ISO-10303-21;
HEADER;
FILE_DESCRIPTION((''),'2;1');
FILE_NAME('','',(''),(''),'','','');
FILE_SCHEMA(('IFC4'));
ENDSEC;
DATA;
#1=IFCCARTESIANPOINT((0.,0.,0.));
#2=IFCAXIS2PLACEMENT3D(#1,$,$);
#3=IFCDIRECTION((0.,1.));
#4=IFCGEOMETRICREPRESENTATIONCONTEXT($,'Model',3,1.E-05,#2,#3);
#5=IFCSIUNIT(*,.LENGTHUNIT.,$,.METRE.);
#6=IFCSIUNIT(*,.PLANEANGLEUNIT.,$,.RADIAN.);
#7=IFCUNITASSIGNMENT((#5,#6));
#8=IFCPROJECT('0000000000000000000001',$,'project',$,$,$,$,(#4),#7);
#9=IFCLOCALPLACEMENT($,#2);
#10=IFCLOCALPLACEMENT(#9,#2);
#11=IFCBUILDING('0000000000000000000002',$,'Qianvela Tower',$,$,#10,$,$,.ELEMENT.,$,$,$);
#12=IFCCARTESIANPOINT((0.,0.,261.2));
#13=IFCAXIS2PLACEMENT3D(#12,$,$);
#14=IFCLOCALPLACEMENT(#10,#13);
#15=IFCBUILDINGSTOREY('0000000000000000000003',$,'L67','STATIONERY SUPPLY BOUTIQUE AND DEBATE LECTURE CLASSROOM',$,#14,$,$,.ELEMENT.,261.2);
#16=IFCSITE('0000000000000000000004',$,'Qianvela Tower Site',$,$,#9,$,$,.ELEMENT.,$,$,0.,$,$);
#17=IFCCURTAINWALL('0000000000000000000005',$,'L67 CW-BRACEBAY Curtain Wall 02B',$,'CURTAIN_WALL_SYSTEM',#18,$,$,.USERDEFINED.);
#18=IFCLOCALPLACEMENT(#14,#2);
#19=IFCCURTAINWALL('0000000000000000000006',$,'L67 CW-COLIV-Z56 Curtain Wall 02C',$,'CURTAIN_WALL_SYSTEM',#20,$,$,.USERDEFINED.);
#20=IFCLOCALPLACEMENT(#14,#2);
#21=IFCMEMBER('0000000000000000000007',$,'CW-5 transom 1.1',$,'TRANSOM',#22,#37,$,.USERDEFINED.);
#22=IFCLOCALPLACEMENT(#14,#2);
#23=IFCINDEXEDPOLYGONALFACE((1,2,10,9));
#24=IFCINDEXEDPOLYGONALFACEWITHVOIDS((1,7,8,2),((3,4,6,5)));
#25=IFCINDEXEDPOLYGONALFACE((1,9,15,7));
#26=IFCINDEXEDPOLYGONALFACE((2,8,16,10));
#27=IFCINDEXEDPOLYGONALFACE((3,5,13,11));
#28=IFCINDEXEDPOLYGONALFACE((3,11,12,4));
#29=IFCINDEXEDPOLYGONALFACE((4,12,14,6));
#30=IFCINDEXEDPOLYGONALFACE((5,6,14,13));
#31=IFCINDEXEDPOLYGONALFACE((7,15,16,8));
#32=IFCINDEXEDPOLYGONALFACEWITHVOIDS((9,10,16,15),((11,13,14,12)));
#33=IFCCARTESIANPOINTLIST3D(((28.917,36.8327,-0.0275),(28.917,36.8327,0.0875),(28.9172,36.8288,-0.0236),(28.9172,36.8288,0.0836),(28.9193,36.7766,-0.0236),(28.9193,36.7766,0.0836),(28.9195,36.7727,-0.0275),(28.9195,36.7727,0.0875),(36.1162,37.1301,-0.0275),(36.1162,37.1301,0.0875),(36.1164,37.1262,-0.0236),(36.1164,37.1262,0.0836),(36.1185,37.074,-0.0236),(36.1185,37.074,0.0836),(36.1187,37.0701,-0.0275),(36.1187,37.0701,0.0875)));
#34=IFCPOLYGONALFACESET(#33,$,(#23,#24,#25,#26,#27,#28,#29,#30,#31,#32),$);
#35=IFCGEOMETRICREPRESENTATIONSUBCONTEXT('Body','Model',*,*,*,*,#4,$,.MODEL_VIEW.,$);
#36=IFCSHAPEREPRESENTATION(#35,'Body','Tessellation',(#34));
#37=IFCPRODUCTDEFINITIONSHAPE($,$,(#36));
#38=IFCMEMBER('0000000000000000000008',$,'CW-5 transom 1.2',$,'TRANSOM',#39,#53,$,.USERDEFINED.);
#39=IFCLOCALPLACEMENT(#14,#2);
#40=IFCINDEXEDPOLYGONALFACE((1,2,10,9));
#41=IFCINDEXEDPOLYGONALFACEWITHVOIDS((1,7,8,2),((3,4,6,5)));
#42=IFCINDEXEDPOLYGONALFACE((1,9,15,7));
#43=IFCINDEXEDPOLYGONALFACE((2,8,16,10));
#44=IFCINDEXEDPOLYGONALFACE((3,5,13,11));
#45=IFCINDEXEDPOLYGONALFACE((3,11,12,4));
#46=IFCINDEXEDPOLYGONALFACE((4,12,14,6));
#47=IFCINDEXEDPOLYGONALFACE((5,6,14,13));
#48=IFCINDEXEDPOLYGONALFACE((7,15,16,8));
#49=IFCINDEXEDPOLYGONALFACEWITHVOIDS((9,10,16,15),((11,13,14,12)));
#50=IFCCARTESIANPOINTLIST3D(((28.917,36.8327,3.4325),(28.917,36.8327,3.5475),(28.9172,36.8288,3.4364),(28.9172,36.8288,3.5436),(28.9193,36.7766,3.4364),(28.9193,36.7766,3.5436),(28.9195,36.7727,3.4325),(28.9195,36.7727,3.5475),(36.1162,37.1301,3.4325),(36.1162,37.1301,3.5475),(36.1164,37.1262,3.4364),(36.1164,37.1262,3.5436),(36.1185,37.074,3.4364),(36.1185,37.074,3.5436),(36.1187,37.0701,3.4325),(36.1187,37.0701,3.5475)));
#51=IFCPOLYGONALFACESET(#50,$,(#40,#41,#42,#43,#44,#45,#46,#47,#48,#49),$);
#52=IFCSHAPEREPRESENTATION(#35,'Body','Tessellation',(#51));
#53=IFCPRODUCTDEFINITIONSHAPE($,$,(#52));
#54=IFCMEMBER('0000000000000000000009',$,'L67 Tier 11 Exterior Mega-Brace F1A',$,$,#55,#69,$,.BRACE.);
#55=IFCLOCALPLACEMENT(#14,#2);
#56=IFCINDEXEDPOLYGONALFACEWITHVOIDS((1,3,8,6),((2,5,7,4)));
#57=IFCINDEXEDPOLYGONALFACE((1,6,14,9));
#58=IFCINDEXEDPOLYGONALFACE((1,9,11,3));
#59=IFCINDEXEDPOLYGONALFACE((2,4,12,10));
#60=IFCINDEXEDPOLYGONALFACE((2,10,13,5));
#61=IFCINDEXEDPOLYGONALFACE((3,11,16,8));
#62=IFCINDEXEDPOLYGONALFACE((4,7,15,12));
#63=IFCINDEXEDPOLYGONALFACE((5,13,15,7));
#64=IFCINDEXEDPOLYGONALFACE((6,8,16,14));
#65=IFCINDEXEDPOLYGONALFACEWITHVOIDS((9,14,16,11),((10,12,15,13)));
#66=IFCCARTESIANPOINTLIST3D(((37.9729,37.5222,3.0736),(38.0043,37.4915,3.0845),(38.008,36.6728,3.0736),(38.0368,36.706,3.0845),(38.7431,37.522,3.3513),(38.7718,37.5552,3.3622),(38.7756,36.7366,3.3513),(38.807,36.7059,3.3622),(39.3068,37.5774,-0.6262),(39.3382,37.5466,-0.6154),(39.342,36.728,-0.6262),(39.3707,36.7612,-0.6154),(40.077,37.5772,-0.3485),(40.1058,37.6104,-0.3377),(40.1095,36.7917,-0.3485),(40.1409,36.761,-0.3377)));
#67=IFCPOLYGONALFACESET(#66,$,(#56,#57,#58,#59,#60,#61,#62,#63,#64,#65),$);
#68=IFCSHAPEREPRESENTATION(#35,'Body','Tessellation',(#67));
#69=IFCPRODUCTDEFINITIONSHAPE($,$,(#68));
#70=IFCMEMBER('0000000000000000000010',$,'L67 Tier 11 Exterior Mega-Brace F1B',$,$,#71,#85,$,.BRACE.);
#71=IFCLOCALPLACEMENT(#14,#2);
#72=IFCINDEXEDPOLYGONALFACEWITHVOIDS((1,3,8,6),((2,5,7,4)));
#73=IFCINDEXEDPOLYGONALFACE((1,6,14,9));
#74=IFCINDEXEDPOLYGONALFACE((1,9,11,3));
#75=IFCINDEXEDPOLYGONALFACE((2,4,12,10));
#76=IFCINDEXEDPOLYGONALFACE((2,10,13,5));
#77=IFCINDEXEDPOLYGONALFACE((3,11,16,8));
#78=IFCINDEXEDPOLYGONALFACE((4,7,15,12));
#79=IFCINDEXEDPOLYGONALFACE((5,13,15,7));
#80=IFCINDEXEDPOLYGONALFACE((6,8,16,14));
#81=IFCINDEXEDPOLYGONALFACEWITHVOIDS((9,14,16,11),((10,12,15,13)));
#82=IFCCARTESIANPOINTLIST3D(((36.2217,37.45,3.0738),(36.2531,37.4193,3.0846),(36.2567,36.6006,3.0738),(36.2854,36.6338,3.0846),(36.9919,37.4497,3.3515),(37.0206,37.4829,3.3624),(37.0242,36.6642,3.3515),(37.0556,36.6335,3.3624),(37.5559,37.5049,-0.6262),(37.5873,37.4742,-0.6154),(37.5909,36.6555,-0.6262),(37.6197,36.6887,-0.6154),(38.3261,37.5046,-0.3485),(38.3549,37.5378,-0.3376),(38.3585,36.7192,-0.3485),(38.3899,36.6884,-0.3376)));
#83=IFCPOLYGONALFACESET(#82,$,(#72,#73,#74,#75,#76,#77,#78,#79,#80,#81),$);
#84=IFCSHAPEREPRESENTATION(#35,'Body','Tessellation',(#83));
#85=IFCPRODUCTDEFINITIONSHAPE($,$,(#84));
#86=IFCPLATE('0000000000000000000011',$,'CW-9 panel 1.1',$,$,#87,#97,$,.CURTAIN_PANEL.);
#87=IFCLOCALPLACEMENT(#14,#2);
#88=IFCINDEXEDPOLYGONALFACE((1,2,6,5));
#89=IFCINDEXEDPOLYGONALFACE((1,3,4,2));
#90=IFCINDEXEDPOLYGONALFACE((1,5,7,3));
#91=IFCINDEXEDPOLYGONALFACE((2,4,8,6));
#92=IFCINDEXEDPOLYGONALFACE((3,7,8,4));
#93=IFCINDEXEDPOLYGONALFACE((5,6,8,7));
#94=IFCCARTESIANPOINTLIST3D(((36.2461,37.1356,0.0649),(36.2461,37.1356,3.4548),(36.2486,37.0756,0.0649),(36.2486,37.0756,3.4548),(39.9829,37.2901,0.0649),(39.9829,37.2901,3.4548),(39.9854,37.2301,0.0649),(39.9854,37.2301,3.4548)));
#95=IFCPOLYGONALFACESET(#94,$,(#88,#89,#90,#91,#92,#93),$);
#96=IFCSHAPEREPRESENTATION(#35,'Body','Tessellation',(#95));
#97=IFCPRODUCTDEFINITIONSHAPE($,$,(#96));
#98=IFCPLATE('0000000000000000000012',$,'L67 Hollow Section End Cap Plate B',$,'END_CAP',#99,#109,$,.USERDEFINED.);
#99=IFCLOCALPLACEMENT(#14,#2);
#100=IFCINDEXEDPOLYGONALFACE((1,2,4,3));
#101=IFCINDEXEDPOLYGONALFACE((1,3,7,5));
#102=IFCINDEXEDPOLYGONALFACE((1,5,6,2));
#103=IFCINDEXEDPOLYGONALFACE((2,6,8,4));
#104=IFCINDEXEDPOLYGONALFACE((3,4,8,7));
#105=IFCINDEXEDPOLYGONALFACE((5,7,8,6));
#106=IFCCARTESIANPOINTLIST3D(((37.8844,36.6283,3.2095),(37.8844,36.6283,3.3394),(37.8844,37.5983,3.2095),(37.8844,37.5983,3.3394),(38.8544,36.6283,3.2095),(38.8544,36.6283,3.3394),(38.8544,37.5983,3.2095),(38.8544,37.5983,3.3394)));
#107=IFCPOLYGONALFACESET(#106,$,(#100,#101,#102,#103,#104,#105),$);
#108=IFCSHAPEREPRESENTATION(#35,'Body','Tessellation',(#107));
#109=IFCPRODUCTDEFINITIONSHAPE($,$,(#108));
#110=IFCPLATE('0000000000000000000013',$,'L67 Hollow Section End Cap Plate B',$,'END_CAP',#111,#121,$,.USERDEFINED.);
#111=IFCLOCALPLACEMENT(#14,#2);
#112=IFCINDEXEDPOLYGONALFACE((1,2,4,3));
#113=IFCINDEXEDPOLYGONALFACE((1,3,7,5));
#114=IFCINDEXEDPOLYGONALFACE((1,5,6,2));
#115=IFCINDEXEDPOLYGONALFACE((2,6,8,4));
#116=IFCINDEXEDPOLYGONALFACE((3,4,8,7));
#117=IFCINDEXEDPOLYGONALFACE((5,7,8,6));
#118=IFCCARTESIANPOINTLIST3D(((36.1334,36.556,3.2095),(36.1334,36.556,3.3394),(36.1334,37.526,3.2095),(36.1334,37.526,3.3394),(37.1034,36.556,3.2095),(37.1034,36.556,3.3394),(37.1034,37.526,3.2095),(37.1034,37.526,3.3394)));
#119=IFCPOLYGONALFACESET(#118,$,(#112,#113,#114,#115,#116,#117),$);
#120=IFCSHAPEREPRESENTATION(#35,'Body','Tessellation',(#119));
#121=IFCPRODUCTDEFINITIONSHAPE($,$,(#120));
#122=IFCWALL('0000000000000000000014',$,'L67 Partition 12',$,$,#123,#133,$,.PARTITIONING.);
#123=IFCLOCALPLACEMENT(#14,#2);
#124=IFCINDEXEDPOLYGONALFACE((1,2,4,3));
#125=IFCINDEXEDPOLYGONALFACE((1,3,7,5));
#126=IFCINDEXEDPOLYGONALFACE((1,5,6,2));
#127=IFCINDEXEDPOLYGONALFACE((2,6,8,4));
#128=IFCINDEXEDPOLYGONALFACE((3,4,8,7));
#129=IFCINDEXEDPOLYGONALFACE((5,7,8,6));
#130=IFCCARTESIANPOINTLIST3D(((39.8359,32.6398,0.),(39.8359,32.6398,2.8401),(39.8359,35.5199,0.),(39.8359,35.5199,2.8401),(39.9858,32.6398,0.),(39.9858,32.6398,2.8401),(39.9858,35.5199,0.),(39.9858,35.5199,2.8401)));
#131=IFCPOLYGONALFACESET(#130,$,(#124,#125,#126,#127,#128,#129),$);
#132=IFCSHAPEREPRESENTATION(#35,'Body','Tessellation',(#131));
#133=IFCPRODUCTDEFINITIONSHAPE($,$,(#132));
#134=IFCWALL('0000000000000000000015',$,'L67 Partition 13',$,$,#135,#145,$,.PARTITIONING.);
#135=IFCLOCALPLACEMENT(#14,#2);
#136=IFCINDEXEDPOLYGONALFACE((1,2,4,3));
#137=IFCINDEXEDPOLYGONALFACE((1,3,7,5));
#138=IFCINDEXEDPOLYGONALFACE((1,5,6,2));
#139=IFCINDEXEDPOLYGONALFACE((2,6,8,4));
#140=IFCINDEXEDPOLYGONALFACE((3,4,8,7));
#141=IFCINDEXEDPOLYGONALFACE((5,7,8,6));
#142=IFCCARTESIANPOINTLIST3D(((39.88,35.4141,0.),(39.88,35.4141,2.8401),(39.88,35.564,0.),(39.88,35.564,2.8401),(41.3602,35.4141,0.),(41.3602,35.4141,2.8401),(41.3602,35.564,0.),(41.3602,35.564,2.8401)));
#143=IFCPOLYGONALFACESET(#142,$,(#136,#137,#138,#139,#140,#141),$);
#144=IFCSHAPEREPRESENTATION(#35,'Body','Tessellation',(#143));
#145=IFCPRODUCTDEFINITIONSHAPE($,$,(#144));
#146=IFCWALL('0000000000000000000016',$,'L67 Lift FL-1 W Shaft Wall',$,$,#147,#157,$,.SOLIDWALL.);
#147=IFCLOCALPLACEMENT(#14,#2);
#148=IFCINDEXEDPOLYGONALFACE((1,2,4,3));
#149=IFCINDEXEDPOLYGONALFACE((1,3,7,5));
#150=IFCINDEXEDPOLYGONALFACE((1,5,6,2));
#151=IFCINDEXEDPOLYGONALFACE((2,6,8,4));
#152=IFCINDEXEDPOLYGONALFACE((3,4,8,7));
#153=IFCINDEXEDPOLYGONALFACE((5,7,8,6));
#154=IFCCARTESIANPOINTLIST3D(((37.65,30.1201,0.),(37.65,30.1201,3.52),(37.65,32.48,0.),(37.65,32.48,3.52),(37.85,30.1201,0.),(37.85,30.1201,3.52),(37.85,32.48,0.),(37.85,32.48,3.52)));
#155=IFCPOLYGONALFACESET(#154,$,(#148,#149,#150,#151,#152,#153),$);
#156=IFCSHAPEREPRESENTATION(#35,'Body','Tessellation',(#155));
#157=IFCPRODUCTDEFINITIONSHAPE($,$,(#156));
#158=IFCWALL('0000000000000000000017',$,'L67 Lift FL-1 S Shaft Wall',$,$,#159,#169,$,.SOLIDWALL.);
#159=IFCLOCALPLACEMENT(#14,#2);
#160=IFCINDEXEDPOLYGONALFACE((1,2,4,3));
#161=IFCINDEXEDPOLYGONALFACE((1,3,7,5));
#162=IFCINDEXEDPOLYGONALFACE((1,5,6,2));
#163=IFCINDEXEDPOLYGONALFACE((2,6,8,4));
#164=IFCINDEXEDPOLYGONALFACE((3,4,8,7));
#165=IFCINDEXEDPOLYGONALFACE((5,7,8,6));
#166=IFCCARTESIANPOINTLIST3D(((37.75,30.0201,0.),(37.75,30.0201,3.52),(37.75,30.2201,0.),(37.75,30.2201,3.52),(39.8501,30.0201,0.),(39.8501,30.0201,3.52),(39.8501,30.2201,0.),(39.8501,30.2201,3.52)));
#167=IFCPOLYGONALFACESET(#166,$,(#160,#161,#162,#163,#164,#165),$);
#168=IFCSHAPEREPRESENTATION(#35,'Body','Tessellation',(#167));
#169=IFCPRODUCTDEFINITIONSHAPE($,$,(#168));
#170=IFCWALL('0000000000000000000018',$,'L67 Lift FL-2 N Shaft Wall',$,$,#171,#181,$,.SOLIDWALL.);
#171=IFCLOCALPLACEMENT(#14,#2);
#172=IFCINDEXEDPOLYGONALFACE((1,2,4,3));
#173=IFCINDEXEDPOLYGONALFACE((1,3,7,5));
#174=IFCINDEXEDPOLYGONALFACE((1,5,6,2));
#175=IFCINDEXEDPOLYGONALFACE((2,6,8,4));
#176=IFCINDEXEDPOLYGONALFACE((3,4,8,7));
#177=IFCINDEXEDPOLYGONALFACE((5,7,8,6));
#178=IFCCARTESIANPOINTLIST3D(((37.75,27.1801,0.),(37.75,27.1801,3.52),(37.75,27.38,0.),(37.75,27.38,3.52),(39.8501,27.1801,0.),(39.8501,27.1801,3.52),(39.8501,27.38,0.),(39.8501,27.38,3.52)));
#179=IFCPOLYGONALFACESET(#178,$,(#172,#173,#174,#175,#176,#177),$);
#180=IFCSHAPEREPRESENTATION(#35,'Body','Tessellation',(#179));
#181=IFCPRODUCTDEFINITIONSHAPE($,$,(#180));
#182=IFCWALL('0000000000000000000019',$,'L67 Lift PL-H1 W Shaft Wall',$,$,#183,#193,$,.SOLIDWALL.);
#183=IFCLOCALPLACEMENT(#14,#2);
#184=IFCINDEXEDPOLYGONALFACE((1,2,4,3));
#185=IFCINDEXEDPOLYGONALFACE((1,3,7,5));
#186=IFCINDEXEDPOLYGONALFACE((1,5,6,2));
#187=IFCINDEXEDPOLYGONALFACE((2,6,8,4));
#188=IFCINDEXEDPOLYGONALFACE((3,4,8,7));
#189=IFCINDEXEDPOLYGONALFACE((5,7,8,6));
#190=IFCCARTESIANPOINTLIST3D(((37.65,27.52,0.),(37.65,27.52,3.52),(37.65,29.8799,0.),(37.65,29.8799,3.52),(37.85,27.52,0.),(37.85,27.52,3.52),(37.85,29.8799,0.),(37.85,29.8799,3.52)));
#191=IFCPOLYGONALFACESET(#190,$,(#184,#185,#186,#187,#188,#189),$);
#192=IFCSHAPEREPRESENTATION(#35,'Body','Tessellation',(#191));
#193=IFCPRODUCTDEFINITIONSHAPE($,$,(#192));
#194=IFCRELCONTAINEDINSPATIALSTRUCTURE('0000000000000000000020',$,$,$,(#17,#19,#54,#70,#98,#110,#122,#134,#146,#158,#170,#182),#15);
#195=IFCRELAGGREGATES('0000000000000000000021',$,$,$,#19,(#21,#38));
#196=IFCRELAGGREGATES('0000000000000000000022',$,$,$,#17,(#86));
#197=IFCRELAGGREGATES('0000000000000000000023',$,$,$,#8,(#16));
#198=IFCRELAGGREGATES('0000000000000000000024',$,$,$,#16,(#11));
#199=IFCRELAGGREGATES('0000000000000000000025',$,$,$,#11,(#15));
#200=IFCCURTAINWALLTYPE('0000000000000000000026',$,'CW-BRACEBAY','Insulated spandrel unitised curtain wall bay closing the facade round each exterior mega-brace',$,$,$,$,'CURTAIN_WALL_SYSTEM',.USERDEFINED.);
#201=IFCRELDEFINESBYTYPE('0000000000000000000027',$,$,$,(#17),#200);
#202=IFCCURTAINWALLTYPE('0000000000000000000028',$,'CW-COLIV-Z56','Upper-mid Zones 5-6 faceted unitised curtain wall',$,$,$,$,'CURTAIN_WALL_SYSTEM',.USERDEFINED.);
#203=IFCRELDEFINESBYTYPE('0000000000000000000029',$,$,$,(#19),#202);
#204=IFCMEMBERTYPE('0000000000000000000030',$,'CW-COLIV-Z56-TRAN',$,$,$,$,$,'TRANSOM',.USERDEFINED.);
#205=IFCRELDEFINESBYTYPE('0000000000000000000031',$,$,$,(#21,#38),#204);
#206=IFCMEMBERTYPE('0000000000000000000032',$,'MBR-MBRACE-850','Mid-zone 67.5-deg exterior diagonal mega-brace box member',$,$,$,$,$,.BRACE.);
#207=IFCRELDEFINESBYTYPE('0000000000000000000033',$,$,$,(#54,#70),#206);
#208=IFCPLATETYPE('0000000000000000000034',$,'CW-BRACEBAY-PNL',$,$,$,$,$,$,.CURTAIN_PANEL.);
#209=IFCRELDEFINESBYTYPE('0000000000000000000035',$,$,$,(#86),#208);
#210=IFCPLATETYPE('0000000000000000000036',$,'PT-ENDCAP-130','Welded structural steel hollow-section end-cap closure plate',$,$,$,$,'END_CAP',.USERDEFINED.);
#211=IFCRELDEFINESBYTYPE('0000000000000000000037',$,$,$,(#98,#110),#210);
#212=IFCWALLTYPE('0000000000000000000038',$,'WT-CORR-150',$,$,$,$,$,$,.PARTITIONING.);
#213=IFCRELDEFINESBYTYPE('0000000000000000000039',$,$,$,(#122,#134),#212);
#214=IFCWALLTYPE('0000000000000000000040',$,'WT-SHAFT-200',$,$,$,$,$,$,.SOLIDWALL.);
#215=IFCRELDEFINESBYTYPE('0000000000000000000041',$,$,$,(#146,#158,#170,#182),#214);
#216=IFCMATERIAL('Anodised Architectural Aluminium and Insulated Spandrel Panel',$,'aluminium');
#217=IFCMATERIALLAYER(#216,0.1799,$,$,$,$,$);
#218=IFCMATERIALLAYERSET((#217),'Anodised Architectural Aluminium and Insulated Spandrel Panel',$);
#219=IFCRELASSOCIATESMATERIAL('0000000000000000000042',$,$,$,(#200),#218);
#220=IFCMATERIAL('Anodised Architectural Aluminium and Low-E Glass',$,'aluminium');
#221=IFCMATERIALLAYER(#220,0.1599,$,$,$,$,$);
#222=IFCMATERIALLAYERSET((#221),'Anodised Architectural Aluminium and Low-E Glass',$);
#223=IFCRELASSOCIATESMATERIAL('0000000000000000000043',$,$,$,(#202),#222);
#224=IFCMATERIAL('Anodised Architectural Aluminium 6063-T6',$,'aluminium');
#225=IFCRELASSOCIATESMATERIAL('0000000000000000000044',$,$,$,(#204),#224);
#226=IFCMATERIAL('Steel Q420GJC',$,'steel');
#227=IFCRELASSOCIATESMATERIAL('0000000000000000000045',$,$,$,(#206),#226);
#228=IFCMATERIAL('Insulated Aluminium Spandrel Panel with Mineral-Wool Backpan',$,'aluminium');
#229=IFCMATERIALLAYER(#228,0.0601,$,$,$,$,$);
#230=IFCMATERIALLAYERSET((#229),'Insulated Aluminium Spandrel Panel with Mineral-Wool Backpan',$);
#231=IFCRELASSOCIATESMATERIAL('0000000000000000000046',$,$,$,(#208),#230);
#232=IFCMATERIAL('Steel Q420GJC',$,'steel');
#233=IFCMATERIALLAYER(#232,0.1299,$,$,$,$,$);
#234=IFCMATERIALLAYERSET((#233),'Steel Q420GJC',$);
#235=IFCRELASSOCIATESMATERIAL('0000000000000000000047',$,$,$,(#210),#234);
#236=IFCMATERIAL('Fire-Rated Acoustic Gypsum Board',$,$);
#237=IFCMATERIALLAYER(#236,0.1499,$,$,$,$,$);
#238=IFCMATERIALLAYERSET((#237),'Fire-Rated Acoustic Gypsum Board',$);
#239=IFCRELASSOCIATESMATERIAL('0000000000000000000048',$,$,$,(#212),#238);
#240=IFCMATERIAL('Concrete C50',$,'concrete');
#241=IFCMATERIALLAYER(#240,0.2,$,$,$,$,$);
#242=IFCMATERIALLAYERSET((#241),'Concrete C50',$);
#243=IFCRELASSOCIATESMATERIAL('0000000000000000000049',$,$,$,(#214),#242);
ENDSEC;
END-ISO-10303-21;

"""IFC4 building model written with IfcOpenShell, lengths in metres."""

from ifc_helpers import new_model, si_unit, direction, frame, frame_2d, origin, origin_2d, place, context, subcontext, project, spatial, rectangle, hollow_rectangle, extrude, material, layer, layer_set, material_profile, profile_set, type_object, element, aggregate, save


model = new_model("IFC4")

# Units and contexts
model_context = context("Model", 3, precision=1e-05, world=origin(), true_north=direction((0.0, 1.0)))
body_context = subcontext(model_context, "Body", "Model", "MODEL_VIEW")
ifc_project = project(units=[si_unit("LENGTHUNIT", "METRE"), si_unit("PLANEANGLEUNIT", "RADIAN")], contexts=[model_context])

# Site, building, storey
site_placement = place(None, origin())
site = spatial("IfcSite", under=ifc_project, at=site_placement, Name="Qianvela Tower Site", CompositionType="ELEMENT", RefElevation=0.0)
building_placement = place(site_placement, origin())
building = spatial("IfcBuilding", under=site, at=building_placement, Name="Qianvela Tower", CompositionType="ELEMENT")
storey_placement = place(building_placement, frame((0.0, 0.0, 261.2)))
storey = spatial("IfcBuildingStorey", under=building, at=storey_placement, Name="L67", Description="STATIONERY SUPPLY BOUTIQUE AND DEBATE LECTURE CLASSROOM", CompositionType="ELEMENT", Elevation=261.2)

# Curtain wall
ifc_material_1 = material(Name="Anodised Architectural Aluminium and Insulated Spandrel Panel", Category="aluminium")
ifc_layer_1 = layer(ifc_material_1, 0.1799)
ifc_layer_set_1 = layer_set([ifc_layer_1], Name="Anodised Architectural Aluminium and Insulated Spandrel Panel")
curtain_wall_type_1 = type_object("IfcCurtainWallType", Name="CW-BRACEBAY", Description="Insulated spandrel unitised curtain wall bay closing the facade round each exterior mega-brace", ElementType="CURTAIN_WALL_SYSTEM", PredefinedType="USERDEFINED", material=ifc_layer_set_1)
curtain_wall_1_placement = place(storey_placement, origin())
curtain_wall_1 = element("IfcCurtainWall", 1, at=curtain_wall_1_placement, inside=storey, type_object=curtain_wall_type_1, Name="L67 CW-BRACEBAY Curtain Wall 02B", ObjectType="CURTAIN_WALL_SYSTEM", PredefinedType="USERDEFINED")

# Curtain wall, members
ifc_material_2 = material(Name="Anodised Architectural Aluminium and Low-E Glass", Category="aluminium")
ifc_layer_2 = layer(ifc_material_2, 0.1599)
ifc_layer_set_2 = layer_set([ifc_layer_2], Name="Anodised Architectural Aluminium and Low-E Glass")
curtain_wall_type_2 = type_object("IfcCurtainWallType", Name="CW-COLIV-Z56", Description="Upper-mid Zones 5-6 faceted unitised curtain wall", ElementType="CURTAIN_WALL_SYSTEM", PredefinedType="USERDEFINED", material=ifc_layer_set_2)
curtain_wall_2_placement = place(storey_placement, origin())
curtain_wall_2 = element("IfcCurtainWall", 2, at=curtain_wall_2_placement, inside=storey, type_object=curtain_wall_type_2, Name="L67 CW-COLIV-Z56 Curtain Wall 02C", ObjectType="CURTAIN_WALL_SYSTEM", PredefinedType="USERDEFINED")
ifc_material_3 = material(Name="Anodised Architectural Aluminium 6063-T6", Category="aluminium")
ifc_material_profile_1 = material_profile(ifc_material_3, hollow_rectangle(XDim=0.0601, YDim=0.115, WallThickness=0.0039, at=origin_2d()), Name="ALU-TRAN-60x115")
ifc_profile_set_1 = profile_set([ifc_material_profile_1], Name="Anodised Architectural Aluminium 6063-T6")
member_type_1 = type_object("IfcMemberType", Name="CW-COLIV-Z56-TRAN", ElementType="TRANSOM", PredefinedType="USERDEFINED", material=ifc_profile_set_1)
member_1_placement = place(storey_placement, frame((36.1174, 37.1001, 0.03), z_axis=(-0.999148, -0.04127, 0.0), x_axis=(0.04127, -0.999148, 0.0)))
member_1 = element("IfcMember", 3, at=member_1_placement, type_object=member_type_1, Name="CW-5 transom 1.1", ObjectType="TRANSOM", PredefinedType="USERDEFINED", context=body_context, shape_type="SweptSolid", body=[
    extrude(hollow_rectangle(XDim=0.0601, YDim=0.115, WallThickness=0.0039, at=origin_2d()), origin(), (0.0, 0.0, 1.0), 7.2053),
])
member_2_placement = place(storey_placement, frame((36.1174, 37.1001, 3.49), z_axis=(-0.999148, -0.04127, 0.0), x_axis=(0.04127, -0.999148, 0.0)))
member_2 = element("IfcMember", 4, at=member_2_placement, type_object=member_type_1, Name="CW-5 transom 1.2", ObjectType="TRANSOM", PredefinedType="USERDEFINED", context=body_context, shape_type="SweptSolid", body=[
    extrude(hollow_rectangle(XDim=0.0601, YDim=0.115, WallThickness=0.0039, at=origin_2d()), origin(), (0.0, 0.0, 1.0), 7.2053),
])
aggregate(curtain_wall_2, [member_1, member_2])

# Members
ifc_material_4 = material(Name="Steel Q420GJC", Category="steel")
ifc_material_profile_2 = material_profile(ifc_material_4, hollow_rectangle(XDim=0.8501, YDim=0.8501, WallThickness=0.032, at=origin_2d()), Name="MBOX-850x850x32")
ifc_profile_set_2 = profile_set([ifc_material_profile_2], Name="Steel Q420GJC")
member_type_2 = type_object("IfcMemberType", Name="MBR-MBRACE-850", Description="Mid-zone 67.5-deg exterior diagonal mega-brace box member", PredefinedType="BRACE", material=ifc_profile_set_2)
member_3_placement = place(storey_placement, frame((39.7239, 37.1692, -0.4819), z_axis=(-0.339137, -0.014027, 0.940633), x_axis=(0.041326, -0.999146, 0.0)))
element("IfcMember", 5, at=member_3_placement, inside=storey, type_object=member_type_2, Name="L67 Tier 11 Exterior Mega-Brace F1A", PredefinedType="BRACE", context=body_context, shape_type="SweptSolid", body=[
    extrude(hollow_rectangle(XDim=0.8501, YDim=0.8501, WallThickness=0.032, at=origin_2d()), origin(), (0.0, 0.0, 1.0), 3.9333),
])
member_4_placement = place(storey_placement, frame((37.9729, 37.0967, -0.4819), z_axis=(-0.339192, -0.013965, 0.940614), x_axis=(0.041136, -0.999154, 0.0)))
element("IfcMember", 6, at=member_4_placement, inside=storey, type_object=member_type_2, Name="L67 Tier 11 Exterior Mega-Brace F1B", PredefinedType="BRACE", context=body_context, shape_type="SweptSolid", body=[
    extrude(hollow_rectangle(XDim=0.8501, YDim=0.8501, WallThickness=0.032, at=origin_2d()), origin(), (0.0, 0.0, 1.0), 3.9336),
])

# Plate
ifc_material_5 = material(Name="Insulated Aluminium Spandrel Panel with Mineral-Wool Backpan", Category="aluminium")
ifc_layer_3 = layer(ifc_material_5, 0.0601)
ifc_layer_set_3 = layer_set([ifc_layer_3], Name="Insulated Aluminium Spandrel Panel with Mineral-Wool Backpan")
plate_type_1 = type_object("IfcPlateType", Name="CW-BRACEBAY-PNL", PredefinedType="CURTAIN_PANEL", material=ifc_layer_set_3)
plate_placement = place(storey_placement, frame((38.1157, 37.1829, 0.0649), z_axis=(0.0, 0.0, 1.0), x_axis=(-0.999147, -0.041292, 0.0)))
plate = element("IfcPlate", 7, at=plate_placement, type_object=plate_type_1, Name="CW-9 panel 1.1", PredefinedType="CURTAIN_PANEL", context=body_context, shape_type="SweptSolid", body=[
    extrude(rectangle(XDim=3.74, YDim=0.0601, at=origin_2d()), origin(), (0.0, 0.0, 1.0), 3.3899),
])
aggregate(curtain_wall_1, [plate])

# Plates
ifc_material_6 = material(Name="Steel Q420GJC", Category="steel")
ifc_layer_4 = layer(ifc_material_6, 0.1299)
ifc_layer_set_4 = layer_set([ifc_layer_4], Name="Steel Q420GJC")
plate_type_2 = type_object("IfcPlateType", Name="PT-ENDCAP-130", Description="Welded structural steel hollow-section end-cap closure plate", ElementType="END_CAP", PredefinedType="USERDEFINED", material=ifc_layer_set_4)
for number, where, z_axis, x_axis, name in (
    (8, (38.3694, 37.1133, 3.2095), (0.0, 0.0, 1.0), (1.0, 0.0, 0.0), "L67 Hollow Section End Cap Plate B"),
    (9, (36.6184, 37.041, 3.2095), (0.0, 0.0, 1.0), (1.0, 0.0, 0.0), "L67 Hollow Section End Cap Plate B"),
):
    element("IfcPlate", number, at=place(storey_placement, frame(where, z_axis=z_axis, x_axis=x_axis)), inside=storey, type_object=plate_type_2, Name=name, ObjectType="END_CAP", PredefinedType="USERDEFINED", context=body_context, shape_type="SweptSolid", body=[
        extrude(rectangle(XDim=0.97, YDim=0.97, at=origin_2d()), origin(), (0.0, 0.0, 1.0), 0.1299),
    ])

# Walls
ifc_material_7 = material(Name="Fire-Rated Acoustic Gypsum Board")
ifc_layer_5 = layer(ifc_material_7, 0.1499)
ifc_layer_set_5 = layer_set([ifc_layer_5], Name="Fire-Rated Acoustic Gypsum Board")
wall_type_1 = type_object("IfcWallType", Name="WT-CORR-150", PredefinedType="PARTITIONING", material=ifc_layer_set_5)
wall_1_placement = place(storey_placement, frame((39.9109, 32.6399, 0.0), z_axis=(0.0, 0.0, 1.0), x_axis=(0.0, 1.0, 0.0)))
element("IfcWall", 10, at=wall_1_placement, inside=storey, type_object=wall_type_1, Name="L67 Partition 12", PredefinedType="PARTITIONING", context=body_context, shape_type="SweptSolid", body=[
    extrude(rectangle(XDim=2.8801, YDim=0.1499, at=frame_2d((1.4399, 0.0))), origin(), (0.0, 0.0, 1.0), 2.8401),
])
wall_2_placement = place(storey_placement, frame((39.8799, 35.489, 0.0), z_axis=(0.0, 0.0, 1.0), x_axis=(1.0, 0.0, 0.0)))
element("IfcWall", 11, at=wall_2_placement, inside=storey, type_object=wall_type_1, Name="L67 Partition 13", PredefinedType="PARTITIONING", context=body_context, shape_type="SweptSolid", body=[
    extrude(rectangle(XDim=1.4802, YDim=0.1499, at=frame_2d((0.7402, 0.0))), origin(), (0.0, 0.0, 1.0), 2.8401),
])

# Shared definitions
ifc_material_8 = material(Name="Concrete C50", Category="concrete")
ifc_layer_6 = layer(ifc_material_8, 0.2)
ifc_layer_set_6 = layer_set([ifc_layer_6], Name="Concrete C50")
wall_type_2 = type_object("IfcWallType", Name="WT-SHAFT-200", PredefinedType="SOLIDWALL", material=ifc_layer_set_6)

# Walls
wall_3_placement = place(storey_placement, frame((37.75, 30.1201, 0.0), z_axis=(0.0, 0.0, 1.0), x_axis=(0.0, 1.0, 0.0)))
element("IfcWall", 12, at=wall_3_placement, inside=storey, type_object=wall_type_2, Name="L67 Lift FL-1 W Shaft Wall", PredefinedType="SOLIDWALL", context=body_context, shape_type="SweptSolid", body=[
    extrude(rectangle(XDim=2.3599, YDim=0.2, at=frame_2d((1.1799, 0.0))), origin(), (0.0, 0.0, 1.0), 3.52),
])
for number, where, z_axis, x_axis, name in (
    (13, (37.75, 30.1201, 0.0), (0.0, 0.0, 1.0), (1.0, 0.0, 0.0), "L67 Lift FL-1 S Shaft Wall"),
    (14, (37.75, 27.28, 0.0), (0.0, 0.0, 1.0), (1.0, 0.0, 0.0), "L67 Lift FL-2 N Shaft Wall"),
):
    element("IfcWall", number, at=place(storey_placement, frame(where, z_axis=z_axis, x_axis=x_axis)), inside=storey, type_object=wall_type_2, Name=name, PredefinedType="SOLIDWALL", context=body_context, shape_type="SweptSolid", body=[
        extrude(rectangle(XDim=2.1001, YDim=0.2, at=frame_2d((1.05, 0.0))), origin(), (0.0, 0.0, 1.0), 3.52),
    ])

# Wall
wall_4_placement = place(storey_placement, frame((37.75, 27.52, 0.0), z_axis=(0.0, 0.0, 1.0), x_axis=(0.0, 1.0, 0.0)))
element("IfcWall", 15, at=wall_4_placement, inside=storey, type_object=wall_type_2, Name="L67 Lift PL-H1 W Shaft Wall", PredefinedType="SOLIDWALL", context=body_context, shape_type="SweptSolid", body=[
    extrude(rectangle(XDim=2.3599, YDim=0.2, at=frame_2d((1.1799, 0.0))), origin(), (0.0, 0.0, 1.0), 3.52),
])

save(model, "model.ifc")
